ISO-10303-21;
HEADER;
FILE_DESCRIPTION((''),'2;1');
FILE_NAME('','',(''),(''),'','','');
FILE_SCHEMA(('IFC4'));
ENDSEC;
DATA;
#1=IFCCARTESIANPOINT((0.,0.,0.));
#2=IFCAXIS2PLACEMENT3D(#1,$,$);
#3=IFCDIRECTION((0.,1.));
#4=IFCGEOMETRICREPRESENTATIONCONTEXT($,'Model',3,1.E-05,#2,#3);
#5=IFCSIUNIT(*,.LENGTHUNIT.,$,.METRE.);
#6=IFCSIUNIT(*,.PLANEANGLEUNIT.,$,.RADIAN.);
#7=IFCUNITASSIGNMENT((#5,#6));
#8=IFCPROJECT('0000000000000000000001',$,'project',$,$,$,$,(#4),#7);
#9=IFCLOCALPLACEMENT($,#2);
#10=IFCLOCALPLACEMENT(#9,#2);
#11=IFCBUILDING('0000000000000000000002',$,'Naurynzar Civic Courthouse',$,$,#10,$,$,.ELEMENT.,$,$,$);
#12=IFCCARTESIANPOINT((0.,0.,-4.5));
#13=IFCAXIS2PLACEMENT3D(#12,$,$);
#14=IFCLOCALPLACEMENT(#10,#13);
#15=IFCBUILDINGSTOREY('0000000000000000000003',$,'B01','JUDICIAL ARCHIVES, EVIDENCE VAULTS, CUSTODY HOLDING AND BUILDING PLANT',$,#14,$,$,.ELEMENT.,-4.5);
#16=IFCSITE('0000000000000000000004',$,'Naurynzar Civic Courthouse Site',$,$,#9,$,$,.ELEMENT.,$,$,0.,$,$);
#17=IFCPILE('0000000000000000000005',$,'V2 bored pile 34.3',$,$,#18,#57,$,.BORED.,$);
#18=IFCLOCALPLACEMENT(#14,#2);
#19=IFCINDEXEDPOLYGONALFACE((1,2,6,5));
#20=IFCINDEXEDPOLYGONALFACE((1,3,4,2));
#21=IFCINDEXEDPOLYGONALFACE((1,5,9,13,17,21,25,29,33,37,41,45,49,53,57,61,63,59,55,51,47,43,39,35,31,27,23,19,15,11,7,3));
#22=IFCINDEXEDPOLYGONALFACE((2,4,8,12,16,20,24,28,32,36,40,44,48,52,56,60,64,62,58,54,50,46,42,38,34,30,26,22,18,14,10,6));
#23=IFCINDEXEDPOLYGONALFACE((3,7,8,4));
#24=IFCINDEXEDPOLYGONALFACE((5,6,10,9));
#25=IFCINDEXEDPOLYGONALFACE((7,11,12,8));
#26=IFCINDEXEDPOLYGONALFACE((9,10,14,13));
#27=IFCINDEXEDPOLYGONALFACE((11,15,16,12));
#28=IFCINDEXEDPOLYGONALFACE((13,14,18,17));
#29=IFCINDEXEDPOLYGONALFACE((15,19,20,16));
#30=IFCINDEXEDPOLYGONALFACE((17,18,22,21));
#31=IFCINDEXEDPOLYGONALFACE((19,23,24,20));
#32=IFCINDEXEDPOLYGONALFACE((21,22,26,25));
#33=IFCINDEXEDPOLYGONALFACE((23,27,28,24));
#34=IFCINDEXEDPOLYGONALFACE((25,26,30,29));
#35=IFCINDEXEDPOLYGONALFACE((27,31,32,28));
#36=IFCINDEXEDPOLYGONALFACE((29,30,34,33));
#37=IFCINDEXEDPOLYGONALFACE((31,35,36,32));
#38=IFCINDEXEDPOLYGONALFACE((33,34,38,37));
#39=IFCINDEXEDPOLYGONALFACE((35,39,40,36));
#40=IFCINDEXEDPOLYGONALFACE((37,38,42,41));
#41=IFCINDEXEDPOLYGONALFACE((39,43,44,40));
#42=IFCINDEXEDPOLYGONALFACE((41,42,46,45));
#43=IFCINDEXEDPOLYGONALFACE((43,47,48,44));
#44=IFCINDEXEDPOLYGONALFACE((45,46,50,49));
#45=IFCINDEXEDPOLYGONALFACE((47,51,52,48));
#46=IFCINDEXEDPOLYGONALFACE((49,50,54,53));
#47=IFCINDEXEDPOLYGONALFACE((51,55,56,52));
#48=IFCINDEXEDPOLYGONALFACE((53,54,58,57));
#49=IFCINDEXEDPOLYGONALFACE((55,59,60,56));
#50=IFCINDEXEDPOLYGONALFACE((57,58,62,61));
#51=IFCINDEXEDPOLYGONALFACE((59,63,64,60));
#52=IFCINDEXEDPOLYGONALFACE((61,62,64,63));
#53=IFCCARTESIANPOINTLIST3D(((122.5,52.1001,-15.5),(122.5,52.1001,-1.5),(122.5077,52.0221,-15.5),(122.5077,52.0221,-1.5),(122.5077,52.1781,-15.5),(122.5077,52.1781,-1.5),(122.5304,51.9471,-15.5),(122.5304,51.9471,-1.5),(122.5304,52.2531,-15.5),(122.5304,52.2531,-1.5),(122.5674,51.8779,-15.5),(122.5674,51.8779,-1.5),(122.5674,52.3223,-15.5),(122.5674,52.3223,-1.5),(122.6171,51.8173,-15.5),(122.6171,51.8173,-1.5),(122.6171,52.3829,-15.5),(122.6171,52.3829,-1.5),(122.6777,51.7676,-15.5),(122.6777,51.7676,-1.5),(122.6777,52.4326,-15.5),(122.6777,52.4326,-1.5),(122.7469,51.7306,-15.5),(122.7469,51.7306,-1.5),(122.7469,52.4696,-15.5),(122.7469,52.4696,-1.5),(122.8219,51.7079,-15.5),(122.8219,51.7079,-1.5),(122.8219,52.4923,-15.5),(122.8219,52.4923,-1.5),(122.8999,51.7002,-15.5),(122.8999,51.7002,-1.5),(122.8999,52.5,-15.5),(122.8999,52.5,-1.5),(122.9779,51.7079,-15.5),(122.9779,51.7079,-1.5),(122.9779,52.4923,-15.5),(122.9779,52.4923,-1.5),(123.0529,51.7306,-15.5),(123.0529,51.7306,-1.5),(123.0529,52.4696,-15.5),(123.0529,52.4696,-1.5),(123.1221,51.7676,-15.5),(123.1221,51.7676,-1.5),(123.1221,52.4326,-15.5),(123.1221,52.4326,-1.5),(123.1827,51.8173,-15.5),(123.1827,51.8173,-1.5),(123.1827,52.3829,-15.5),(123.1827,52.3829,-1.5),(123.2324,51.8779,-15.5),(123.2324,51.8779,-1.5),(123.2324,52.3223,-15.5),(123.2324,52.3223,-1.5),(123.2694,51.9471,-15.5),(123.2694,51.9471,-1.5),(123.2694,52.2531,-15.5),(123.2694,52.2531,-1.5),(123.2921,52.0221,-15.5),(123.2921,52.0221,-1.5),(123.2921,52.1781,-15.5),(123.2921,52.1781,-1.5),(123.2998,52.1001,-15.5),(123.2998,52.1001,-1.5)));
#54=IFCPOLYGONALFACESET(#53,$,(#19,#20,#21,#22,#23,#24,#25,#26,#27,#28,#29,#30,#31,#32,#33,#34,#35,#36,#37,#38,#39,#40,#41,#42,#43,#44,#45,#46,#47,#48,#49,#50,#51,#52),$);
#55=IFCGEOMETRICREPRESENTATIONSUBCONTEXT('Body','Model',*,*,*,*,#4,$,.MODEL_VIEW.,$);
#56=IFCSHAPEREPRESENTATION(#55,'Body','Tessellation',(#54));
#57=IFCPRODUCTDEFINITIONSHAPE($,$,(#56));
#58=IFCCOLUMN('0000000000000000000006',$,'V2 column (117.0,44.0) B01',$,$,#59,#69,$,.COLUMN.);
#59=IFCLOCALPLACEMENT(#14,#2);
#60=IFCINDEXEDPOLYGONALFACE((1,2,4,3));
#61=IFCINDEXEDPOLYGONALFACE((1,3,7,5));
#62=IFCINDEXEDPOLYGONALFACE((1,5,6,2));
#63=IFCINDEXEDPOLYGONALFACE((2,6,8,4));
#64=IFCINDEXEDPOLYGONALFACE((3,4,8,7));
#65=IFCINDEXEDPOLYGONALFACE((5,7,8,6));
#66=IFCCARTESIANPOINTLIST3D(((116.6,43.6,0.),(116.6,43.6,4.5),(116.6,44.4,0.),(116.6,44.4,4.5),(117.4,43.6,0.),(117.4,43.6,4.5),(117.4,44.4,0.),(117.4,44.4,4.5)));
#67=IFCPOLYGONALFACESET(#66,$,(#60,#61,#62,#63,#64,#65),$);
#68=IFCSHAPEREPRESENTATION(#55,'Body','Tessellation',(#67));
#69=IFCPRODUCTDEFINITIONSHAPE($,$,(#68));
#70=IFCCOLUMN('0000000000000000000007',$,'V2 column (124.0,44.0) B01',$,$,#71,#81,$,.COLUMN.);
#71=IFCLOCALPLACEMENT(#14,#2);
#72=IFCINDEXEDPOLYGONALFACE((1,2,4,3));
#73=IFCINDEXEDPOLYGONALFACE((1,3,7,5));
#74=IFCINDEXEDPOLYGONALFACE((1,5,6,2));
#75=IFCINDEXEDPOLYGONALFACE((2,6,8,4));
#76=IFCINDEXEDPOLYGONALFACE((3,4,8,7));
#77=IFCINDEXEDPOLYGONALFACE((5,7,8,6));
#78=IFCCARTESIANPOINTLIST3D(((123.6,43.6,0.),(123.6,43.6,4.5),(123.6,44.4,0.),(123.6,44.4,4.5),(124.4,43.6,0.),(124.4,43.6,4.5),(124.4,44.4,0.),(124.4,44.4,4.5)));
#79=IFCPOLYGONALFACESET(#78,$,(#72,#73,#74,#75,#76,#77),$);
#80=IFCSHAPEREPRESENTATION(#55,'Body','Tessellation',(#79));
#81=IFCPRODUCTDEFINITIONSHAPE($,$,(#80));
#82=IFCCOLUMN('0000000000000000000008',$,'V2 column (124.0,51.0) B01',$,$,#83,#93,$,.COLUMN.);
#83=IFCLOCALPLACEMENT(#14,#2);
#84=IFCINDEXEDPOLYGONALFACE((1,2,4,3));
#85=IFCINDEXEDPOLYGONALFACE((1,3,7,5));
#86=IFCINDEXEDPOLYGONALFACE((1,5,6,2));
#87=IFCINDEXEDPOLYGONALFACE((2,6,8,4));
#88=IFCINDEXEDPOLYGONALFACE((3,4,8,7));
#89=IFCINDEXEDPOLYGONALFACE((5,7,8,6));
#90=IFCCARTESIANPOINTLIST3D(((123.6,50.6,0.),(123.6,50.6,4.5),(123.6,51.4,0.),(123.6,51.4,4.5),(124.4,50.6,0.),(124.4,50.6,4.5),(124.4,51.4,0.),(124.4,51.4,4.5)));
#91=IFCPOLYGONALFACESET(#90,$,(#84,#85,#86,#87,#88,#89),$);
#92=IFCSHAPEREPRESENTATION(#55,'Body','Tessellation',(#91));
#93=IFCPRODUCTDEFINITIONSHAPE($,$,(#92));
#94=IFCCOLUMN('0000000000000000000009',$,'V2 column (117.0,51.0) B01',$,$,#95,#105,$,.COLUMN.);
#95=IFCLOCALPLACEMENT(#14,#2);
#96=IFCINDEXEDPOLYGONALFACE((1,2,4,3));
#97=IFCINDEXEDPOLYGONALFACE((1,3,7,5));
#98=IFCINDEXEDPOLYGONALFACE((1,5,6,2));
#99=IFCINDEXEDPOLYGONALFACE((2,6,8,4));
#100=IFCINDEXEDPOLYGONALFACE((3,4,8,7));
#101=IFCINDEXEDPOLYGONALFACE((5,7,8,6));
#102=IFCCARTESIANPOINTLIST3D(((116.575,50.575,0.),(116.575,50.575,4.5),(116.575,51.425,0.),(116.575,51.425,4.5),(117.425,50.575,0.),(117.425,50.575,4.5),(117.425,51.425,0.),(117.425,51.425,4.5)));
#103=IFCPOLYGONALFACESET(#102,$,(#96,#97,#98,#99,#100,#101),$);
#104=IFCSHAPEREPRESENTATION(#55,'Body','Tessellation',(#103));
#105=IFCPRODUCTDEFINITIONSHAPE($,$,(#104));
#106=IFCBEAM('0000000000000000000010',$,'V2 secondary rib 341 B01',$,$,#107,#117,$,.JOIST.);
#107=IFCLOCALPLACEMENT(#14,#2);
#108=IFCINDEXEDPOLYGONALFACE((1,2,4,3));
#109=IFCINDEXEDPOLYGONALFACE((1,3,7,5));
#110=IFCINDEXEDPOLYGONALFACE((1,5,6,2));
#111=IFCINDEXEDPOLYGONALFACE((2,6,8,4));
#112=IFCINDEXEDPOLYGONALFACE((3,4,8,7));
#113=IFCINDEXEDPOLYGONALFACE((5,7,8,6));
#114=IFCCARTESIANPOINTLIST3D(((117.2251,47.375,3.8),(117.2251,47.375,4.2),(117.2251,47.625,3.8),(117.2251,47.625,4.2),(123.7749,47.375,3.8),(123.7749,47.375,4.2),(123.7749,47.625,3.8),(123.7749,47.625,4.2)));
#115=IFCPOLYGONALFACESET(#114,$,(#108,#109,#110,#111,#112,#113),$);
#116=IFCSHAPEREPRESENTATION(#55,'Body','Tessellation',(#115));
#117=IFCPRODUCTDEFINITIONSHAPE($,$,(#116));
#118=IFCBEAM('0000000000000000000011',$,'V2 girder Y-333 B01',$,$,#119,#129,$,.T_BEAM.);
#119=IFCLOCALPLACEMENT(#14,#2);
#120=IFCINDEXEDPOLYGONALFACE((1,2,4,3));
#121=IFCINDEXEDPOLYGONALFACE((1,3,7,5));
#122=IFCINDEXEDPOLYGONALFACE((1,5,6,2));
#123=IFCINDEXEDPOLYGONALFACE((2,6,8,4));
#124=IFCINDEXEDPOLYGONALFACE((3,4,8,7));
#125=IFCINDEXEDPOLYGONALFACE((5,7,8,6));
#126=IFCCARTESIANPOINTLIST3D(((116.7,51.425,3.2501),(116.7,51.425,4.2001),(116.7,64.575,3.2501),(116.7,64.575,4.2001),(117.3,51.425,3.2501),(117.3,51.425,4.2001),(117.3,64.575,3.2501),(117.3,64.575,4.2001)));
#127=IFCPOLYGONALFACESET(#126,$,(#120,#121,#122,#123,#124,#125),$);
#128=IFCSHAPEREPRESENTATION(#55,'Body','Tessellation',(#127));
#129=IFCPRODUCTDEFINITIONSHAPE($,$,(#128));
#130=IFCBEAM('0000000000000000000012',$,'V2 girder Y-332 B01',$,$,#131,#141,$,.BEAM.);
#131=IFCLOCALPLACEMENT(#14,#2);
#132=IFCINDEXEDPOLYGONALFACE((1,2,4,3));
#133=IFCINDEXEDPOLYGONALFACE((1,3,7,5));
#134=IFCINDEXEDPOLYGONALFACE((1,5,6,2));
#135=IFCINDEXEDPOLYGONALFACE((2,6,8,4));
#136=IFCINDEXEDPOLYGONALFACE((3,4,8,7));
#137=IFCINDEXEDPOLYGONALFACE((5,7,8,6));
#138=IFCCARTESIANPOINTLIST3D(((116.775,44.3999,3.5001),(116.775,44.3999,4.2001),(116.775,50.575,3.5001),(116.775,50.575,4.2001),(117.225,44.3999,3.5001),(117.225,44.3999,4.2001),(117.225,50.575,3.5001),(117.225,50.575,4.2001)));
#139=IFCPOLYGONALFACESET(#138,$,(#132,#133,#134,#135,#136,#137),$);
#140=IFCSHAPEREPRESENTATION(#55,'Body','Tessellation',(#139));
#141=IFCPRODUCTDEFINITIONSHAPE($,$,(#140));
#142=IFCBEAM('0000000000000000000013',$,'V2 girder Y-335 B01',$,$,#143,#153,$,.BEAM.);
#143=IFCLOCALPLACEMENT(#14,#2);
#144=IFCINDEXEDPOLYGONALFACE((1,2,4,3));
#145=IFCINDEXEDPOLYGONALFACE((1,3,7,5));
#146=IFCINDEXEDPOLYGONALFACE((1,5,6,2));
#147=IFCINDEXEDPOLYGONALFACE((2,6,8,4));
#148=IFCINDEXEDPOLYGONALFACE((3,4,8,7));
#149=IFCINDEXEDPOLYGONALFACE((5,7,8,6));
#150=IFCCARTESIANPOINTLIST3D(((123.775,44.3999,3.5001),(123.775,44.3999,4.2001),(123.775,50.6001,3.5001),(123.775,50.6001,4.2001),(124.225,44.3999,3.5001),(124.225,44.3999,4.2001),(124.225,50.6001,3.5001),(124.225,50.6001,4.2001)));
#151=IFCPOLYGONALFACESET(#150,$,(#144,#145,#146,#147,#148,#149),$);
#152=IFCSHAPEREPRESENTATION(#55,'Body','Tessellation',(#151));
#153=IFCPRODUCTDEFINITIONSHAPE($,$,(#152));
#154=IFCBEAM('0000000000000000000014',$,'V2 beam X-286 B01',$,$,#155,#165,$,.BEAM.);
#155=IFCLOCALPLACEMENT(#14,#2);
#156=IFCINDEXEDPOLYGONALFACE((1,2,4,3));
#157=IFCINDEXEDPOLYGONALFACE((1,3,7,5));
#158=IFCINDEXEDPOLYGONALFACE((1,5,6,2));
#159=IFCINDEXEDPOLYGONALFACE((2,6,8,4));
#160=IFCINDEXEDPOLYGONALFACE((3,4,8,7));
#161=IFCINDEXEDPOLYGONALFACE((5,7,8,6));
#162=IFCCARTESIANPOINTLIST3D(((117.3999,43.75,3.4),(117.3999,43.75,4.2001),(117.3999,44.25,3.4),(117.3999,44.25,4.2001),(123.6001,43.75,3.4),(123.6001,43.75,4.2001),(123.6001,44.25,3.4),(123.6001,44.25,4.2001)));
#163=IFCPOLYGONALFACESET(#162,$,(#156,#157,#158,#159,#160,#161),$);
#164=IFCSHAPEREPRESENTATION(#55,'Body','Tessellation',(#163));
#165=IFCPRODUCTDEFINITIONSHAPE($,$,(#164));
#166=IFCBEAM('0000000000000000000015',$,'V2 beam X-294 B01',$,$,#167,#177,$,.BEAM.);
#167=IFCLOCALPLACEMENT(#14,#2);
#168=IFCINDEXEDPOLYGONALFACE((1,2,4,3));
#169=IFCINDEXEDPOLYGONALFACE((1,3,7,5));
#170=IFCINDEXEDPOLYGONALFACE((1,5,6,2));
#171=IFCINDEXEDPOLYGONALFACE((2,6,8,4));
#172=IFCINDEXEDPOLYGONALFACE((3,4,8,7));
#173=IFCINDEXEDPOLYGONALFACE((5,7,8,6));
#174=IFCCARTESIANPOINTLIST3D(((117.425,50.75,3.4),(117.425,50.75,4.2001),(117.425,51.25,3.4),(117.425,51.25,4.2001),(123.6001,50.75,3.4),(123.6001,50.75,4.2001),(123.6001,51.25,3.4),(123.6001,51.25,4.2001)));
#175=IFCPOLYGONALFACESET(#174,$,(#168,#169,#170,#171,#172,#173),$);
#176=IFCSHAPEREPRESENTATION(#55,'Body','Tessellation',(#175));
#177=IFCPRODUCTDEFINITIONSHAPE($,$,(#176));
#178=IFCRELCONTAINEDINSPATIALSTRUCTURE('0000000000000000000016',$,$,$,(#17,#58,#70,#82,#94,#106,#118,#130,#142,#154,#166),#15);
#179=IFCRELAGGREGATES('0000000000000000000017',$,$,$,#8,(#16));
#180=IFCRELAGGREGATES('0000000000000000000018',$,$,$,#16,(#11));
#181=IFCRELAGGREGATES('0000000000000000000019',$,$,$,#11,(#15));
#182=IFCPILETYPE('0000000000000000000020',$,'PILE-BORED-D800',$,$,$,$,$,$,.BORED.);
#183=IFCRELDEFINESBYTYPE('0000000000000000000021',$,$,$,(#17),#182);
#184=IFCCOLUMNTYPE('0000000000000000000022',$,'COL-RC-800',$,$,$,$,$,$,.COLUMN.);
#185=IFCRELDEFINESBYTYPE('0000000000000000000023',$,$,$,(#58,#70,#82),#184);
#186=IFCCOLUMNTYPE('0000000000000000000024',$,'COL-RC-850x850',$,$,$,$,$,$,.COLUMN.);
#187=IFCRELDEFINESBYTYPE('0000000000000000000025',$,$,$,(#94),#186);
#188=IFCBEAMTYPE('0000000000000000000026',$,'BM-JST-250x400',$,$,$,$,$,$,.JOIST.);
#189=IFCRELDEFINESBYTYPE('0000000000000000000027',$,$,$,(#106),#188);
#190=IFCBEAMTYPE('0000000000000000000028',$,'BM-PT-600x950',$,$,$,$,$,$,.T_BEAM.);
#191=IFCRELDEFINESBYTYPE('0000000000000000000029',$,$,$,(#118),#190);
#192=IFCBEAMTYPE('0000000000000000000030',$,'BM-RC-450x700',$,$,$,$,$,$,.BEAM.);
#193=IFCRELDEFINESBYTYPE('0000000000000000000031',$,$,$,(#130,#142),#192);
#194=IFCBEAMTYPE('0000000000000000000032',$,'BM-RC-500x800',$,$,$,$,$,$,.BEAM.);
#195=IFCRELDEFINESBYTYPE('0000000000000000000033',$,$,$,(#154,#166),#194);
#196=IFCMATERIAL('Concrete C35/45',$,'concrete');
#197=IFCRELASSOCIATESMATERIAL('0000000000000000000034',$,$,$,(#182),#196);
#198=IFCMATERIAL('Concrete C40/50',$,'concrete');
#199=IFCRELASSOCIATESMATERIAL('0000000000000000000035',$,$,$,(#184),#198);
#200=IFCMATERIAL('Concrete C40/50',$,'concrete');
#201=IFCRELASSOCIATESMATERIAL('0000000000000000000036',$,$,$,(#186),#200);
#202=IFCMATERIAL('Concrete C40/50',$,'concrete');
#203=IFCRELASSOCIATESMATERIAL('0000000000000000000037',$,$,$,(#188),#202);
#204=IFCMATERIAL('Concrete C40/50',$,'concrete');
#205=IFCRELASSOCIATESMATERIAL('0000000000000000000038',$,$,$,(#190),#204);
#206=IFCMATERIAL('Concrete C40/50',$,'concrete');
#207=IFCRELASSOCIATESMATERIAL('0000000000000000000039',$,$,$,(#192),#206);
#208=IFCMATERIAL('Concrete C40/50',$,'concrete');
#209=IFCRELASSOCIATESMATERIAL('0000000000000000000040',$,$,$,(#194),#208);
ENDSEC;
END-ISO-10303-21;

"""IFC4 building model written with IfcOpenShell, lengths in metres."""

from ifc_helpers import new_model, si_unit, direction, frame, origin, origin_2d, place, context, subcontext, project, spatial, rectangle, circle, extrude, material, material_profile, profile_set, type_object, element, save


model = new_model("IFC4")

# Units and contexts
model_context = context("Model", 3, precision=1e-05, world=origin(), true_north=direction((0.0, 1.0)))
body_context = subcontext(model_context, "Body", "Model", "MODEL_VIEW")
ifc_project = project(units=[si_unit("LENGTHUNIT", "METRE"), si_unit("PLANEANGLEUNIT", "RADIAN")], contexts=[model_context])

# Site, building, storey
site_placement = place(None, origin())
site = spatial("IfcSite", under=ifc_project, at=site_placement, Name="Naurynzar Civic Courthouse Site", CompositionType="ELEMENT", RefElevation=0.0)
building_placement = place(site_placement, origin())
building = spatial("IfcBuilding", under=site, at=building_placement, Name="Naurynzar Civic Courthouse", CompositionType="ELEMENT")
storey_placement = place(building_placement, frame((0.0, 0.0, -4.5)))
storey = spatial("IfcBuildingStorey", under=building, at=storey_placement, Name="B01", Description="JUDICIAL ARCHIVES, EVIDENCE VAULTS, CUSTODY HOLDING AND BUILDING PLANT", CompositionType="ELEMENT", Elevation=-4.5)

# Pile
ifc_material_1 = material(Name="Concrete C35/45", Category="concrete")
ifc_material_profile_1 = material_profile(ifc_material_1, circle(Radius=0.3999, at=origin_2d()), Name="PILE D800")
ifc_profile_set_1 = profile_set([ifc_material_profile_1], Name="Concrete C35/45")
pile_type_1 = type_object("IfcPileType", Name="PILE-BORED-D800", PredefinedType="BORED", material=ifc_profile_set_1)
for number, where, z_axis, x_axis, name in (
    (1, (122.8999, 52.1001, -1.5), (0.0, 0.0, -1.0), (1.0, 0.0, 0.0), "V2 bored pile 34.3"),
):
    element("IfcPile", number, at=place(storey_placement, frame(where, z_axis=z_axis, x_axis=x_axis)), inside=storey, type_object=pile_type_1, Name=name, PredefinedType="BORED", context=body_context, shape_type="SweptSolid", body=[
        extrude(circle(Radius=0.3999, at=origin_2d()), origin(), (0.0, 0.0, 1.0), 14.0),
    ])

# Columns
ifc_material_2 = material(Name="Concrete C40/50", Category="concrete")
ifc_material_profile_2 = material_profile(ifc_material_2, rectangle(XDim=0.8, YDim=0.8, at=origin_2d()), Name="RC 800x800")
ifc_profile_set_2 = profile_set([ifc_material_profile_2], Name="Concrete C40/50")
column_type_1 = type_object("IfcColumnType", Name="COL-RC-800", PredefinedType="COLUMN", material=ifc_profile_set_2)
for number, where, z_axis, x_axis, name in (
    (2, (117.0, 44.0, 0.0), (0.0, 0.0, 1.0), (1.0, 0.0, 0.0), "V2 column (117.0,44.0) B01"),
    (3, (124.0, 44.0, 0.0), (0.0, 0.0, 1.0), (1.0, 0.0, 0.0), "V2 column (124.0,44.0) B01"),
    (4, (124.0, 51.0, 0.0), (0.0, 0.0, 1.0), (1.0, 0.0, 0.0), "V2 column (124.0,51.0) B01"),
):
    element("IfcColumn", number, at=place(storey_placement, frame(where, z_axis=z_axis, x_axis=x_axis)), inside=storey, type_object=column_type_1, Name=name, PredefinedType="COLUMN", context=body_context, shape_type="SweptSolid", body=[
        extrude(rectangle(XDim=0.8, YDim=0.8, at=origin_2d()), origin(), (0.0, 0.0, 1.0), 4.5),
    ])
ifc_material_3 = material(Name="Concrete C40/50", Category="concrete")
ifc_material_profile_3 = material_profile(ifc_material_3, rectangle(XDim=0.8501, YDim=0.8501, at=origin_2d()), Name="RC 850x850")
ifc_profile_set_3 = profile_set([ifc_material_profile_3], Name="Concrete C40/50")
column_type_2 = type_object("IfcColumnType", Name="COL-RC-850x850", PredefinedType="COLUMN", material=ifc_profile_set_3)
column_placement = place(storey_placement, frame((117.0, 51.0, 0.0), z_axis=(0.0, 0.0, 1.0), x_axis=(1.0, 0.0, 0.0)))
element("IfcColumn", 5, at=column_placement, inside=storey, type_object=column_type_2, Name="V2 column (117.0,51.0) B01", PredefinedType="COLUMN", context=body_context, shape_type="SweptSolid", body=[
    extrude(rectangle(XDim=0.8501, YDim=0.8501, at=origin_2d()), origin(), (0.0, 0.0, 1.0), 4.5),
])

# Beams
ifc_material_4 = material(Name="Concrete C40/50", Category="concrete")
ifc_material_profile_4 = material_profile(ifc_material_4, rectangle(XDim=0.25, YDim=0.3999, at=origin_2d()), Name="RCB 250x400")
ifc_profile_set_4 = profile_set([ifc_material_profile_4], Name="Concrete C40/50")
beam_type_1 = type_object("IfcBeamType", Name="BM-JST-250x400", PredefinedType="JOIST", material=ifc_profile_set_4)
beam_1_placement = place(storey_placement, frame((117.2251, 47.5, 4.0), z_axis=(1.0, 0.0, 0.0), x_axis=(0.0, 1.0, 0.0)))
element("IfcBeam", 6, at=beam_1_placement, inside=storey, type_object=beam_type_1, Name="V2 secondary rib 341 B01", PredefinedType="JOIST", context=body_context, shape_type="SweptSolid", body=[
    extrude(rectangle(XDim=0.25, YDim=0.3999, at=origin_2d()), origin(), (0.0, 0.0, 1.0), 6.5498),
])
ifc_material_5 = material(Name="Concrete C40/50", Category="concrete")
ifc_material_profile_5 = material_profile(ifc_material_5, rectangle(XDim=0.6001, YDim=0.95, at=origin_2d()), Name="PTB 600x950")
ifc_profile_set_5 = profile_set([ifc_material_profile_5], Name="Concrete C40/50")
beam_type_2 = type_object("IfcBeamType", Name="BM-PT-600x950", PredefinedType="T_BEAM", material=ifc_profile_set_5)
beam_2_placement = place(storey_placement, frame((117.0, 51.425, 3.7251), z_axis=(0.0, 1.0, 0.0), x_axis=(-1.0, 0.0, 0.0)))
element("IfcBeam", 7, at=beam_2_placement, inside=storey, type_object=beam_type_2, Name="V2 girder Y-333 B01", PredefinedType="T_BEAM", context=body_context, shape_type="SweptSolid", body=[
    extrude(rectangle(XDim=0.6001, YDim=0.95, at=origin_2d()), origin(), (0.0, 0.0, 1.0), 13.1499),
])
ifc_material_6 = material(Name="Concrete C40/50", Category="concrete")
ifc_material_profile_6 = material_profile(ifc_material_6, rectangle(XDim=0.45, YDim=0.7, at=origin_2d()), Name="RCB 450x700")
ifc_profile_set_6 = profile_set([ifc_material_profile_6], Name="Concrete C40/50")
beam_type_3 = type_object("IfcBeamType", Name="BM-RC-450x700", PredefinedType="BEAM", material=ifc_profile_set_6)
beam_3_placement = place(storey_placement, frame((117.0, 44.3999, 3.8501), z_axis=(0.0, 1.0, 0.0), x_axis=(-1.0, 0.0, 0.0)))
element("IfcBeam", 8, at=beam_3_placement, inside=storey, type_object=beam_type_3, Name="V2 girder Y-332 B01", PredefinedType="BEAM", context=body_context, shape_type="SweptSolid", body=[
    extrude(rectangle(XDim=0.45, YDim=0.7, at=origin_2d()), origin(), (0.0, 0.0, 1.0), 6.175),
])
beam_4_placement = place(storey_placement, frame((124.0, 44.3999, 3.8501), z_axis=(0.0, 1.0, 0.0), x_axis=(-1.0, 0.0, 0.0)))
element("IfcBeam", 9, at=beam_4_placement, inside=storey, type_object=beam_type_3, Name="V2 girder Y-335 B01", PredefinedType="BEAM", context=body_context, shape_type="SweptSolid", body=[
    extrude(rectangle(XDim=0.45, YDim=0.7, at=origin_2d()), origin(), (0.0, 0.0, 1.0), 6.2002),
])
ifc_material_7 = material(Name="Concrete C40/50", Category="concrete")
ifc_material_profile_7 = material_profile(ifc_material_7, rectangle(XDim=0.5, YDim=0.8, at=origin_2d()), Name="RCB 500x800")
ifc_profile_set_7 = profile_set([ifc_material_profile_7], Name="Concrete C40/50")
beam_type_4 = type_object("IfcBeamType", Name="BM-RC-500x800", PredefinedType="BEAM", material=ifc_profile_set_7)
beam_5_placement = place(storey_placement, frame((117.3999, 44.0, 3.8), z_axis=(1.0, 0.0, 0.0), x_axis=(0.0, 1.0, 0.0)))
element("IfcBeam", 10, at=beam_5_placement, inside=storey, type_object=beam_type_4, Name="V2 beam X-286 B01", PredefinedType="BEAM", context=body_context, shape_type="SweptSolid", body=[
    extrude(rectangle(XDim=0.5, YDim=0.8, at=origin_2d()), origin(), (0.0, 0.0, 1.0), 6.2002),
])
beam_6_placement = place(storey_placement, frame((117.425, 51.0, 3.8), z_axis=(1.0, 0.0, 0.0), x_axis=(0.0, 1.0, 0.0)))
element("IfcBeam", 11, at=beam_6_placement, inside=storey, type_object=beam_type_4, Name="V2 beam X-294 B01", PredefinedType="BEAM", context=body_context, shape_type="SweptSolid", body=[
    extrude(rectangle(XDim=0.5, YDim=0.8, at=origin_2d()), origin(), (0.0, 0.0, 1.0), 6.175),
])

save(model, "model.ifc")
